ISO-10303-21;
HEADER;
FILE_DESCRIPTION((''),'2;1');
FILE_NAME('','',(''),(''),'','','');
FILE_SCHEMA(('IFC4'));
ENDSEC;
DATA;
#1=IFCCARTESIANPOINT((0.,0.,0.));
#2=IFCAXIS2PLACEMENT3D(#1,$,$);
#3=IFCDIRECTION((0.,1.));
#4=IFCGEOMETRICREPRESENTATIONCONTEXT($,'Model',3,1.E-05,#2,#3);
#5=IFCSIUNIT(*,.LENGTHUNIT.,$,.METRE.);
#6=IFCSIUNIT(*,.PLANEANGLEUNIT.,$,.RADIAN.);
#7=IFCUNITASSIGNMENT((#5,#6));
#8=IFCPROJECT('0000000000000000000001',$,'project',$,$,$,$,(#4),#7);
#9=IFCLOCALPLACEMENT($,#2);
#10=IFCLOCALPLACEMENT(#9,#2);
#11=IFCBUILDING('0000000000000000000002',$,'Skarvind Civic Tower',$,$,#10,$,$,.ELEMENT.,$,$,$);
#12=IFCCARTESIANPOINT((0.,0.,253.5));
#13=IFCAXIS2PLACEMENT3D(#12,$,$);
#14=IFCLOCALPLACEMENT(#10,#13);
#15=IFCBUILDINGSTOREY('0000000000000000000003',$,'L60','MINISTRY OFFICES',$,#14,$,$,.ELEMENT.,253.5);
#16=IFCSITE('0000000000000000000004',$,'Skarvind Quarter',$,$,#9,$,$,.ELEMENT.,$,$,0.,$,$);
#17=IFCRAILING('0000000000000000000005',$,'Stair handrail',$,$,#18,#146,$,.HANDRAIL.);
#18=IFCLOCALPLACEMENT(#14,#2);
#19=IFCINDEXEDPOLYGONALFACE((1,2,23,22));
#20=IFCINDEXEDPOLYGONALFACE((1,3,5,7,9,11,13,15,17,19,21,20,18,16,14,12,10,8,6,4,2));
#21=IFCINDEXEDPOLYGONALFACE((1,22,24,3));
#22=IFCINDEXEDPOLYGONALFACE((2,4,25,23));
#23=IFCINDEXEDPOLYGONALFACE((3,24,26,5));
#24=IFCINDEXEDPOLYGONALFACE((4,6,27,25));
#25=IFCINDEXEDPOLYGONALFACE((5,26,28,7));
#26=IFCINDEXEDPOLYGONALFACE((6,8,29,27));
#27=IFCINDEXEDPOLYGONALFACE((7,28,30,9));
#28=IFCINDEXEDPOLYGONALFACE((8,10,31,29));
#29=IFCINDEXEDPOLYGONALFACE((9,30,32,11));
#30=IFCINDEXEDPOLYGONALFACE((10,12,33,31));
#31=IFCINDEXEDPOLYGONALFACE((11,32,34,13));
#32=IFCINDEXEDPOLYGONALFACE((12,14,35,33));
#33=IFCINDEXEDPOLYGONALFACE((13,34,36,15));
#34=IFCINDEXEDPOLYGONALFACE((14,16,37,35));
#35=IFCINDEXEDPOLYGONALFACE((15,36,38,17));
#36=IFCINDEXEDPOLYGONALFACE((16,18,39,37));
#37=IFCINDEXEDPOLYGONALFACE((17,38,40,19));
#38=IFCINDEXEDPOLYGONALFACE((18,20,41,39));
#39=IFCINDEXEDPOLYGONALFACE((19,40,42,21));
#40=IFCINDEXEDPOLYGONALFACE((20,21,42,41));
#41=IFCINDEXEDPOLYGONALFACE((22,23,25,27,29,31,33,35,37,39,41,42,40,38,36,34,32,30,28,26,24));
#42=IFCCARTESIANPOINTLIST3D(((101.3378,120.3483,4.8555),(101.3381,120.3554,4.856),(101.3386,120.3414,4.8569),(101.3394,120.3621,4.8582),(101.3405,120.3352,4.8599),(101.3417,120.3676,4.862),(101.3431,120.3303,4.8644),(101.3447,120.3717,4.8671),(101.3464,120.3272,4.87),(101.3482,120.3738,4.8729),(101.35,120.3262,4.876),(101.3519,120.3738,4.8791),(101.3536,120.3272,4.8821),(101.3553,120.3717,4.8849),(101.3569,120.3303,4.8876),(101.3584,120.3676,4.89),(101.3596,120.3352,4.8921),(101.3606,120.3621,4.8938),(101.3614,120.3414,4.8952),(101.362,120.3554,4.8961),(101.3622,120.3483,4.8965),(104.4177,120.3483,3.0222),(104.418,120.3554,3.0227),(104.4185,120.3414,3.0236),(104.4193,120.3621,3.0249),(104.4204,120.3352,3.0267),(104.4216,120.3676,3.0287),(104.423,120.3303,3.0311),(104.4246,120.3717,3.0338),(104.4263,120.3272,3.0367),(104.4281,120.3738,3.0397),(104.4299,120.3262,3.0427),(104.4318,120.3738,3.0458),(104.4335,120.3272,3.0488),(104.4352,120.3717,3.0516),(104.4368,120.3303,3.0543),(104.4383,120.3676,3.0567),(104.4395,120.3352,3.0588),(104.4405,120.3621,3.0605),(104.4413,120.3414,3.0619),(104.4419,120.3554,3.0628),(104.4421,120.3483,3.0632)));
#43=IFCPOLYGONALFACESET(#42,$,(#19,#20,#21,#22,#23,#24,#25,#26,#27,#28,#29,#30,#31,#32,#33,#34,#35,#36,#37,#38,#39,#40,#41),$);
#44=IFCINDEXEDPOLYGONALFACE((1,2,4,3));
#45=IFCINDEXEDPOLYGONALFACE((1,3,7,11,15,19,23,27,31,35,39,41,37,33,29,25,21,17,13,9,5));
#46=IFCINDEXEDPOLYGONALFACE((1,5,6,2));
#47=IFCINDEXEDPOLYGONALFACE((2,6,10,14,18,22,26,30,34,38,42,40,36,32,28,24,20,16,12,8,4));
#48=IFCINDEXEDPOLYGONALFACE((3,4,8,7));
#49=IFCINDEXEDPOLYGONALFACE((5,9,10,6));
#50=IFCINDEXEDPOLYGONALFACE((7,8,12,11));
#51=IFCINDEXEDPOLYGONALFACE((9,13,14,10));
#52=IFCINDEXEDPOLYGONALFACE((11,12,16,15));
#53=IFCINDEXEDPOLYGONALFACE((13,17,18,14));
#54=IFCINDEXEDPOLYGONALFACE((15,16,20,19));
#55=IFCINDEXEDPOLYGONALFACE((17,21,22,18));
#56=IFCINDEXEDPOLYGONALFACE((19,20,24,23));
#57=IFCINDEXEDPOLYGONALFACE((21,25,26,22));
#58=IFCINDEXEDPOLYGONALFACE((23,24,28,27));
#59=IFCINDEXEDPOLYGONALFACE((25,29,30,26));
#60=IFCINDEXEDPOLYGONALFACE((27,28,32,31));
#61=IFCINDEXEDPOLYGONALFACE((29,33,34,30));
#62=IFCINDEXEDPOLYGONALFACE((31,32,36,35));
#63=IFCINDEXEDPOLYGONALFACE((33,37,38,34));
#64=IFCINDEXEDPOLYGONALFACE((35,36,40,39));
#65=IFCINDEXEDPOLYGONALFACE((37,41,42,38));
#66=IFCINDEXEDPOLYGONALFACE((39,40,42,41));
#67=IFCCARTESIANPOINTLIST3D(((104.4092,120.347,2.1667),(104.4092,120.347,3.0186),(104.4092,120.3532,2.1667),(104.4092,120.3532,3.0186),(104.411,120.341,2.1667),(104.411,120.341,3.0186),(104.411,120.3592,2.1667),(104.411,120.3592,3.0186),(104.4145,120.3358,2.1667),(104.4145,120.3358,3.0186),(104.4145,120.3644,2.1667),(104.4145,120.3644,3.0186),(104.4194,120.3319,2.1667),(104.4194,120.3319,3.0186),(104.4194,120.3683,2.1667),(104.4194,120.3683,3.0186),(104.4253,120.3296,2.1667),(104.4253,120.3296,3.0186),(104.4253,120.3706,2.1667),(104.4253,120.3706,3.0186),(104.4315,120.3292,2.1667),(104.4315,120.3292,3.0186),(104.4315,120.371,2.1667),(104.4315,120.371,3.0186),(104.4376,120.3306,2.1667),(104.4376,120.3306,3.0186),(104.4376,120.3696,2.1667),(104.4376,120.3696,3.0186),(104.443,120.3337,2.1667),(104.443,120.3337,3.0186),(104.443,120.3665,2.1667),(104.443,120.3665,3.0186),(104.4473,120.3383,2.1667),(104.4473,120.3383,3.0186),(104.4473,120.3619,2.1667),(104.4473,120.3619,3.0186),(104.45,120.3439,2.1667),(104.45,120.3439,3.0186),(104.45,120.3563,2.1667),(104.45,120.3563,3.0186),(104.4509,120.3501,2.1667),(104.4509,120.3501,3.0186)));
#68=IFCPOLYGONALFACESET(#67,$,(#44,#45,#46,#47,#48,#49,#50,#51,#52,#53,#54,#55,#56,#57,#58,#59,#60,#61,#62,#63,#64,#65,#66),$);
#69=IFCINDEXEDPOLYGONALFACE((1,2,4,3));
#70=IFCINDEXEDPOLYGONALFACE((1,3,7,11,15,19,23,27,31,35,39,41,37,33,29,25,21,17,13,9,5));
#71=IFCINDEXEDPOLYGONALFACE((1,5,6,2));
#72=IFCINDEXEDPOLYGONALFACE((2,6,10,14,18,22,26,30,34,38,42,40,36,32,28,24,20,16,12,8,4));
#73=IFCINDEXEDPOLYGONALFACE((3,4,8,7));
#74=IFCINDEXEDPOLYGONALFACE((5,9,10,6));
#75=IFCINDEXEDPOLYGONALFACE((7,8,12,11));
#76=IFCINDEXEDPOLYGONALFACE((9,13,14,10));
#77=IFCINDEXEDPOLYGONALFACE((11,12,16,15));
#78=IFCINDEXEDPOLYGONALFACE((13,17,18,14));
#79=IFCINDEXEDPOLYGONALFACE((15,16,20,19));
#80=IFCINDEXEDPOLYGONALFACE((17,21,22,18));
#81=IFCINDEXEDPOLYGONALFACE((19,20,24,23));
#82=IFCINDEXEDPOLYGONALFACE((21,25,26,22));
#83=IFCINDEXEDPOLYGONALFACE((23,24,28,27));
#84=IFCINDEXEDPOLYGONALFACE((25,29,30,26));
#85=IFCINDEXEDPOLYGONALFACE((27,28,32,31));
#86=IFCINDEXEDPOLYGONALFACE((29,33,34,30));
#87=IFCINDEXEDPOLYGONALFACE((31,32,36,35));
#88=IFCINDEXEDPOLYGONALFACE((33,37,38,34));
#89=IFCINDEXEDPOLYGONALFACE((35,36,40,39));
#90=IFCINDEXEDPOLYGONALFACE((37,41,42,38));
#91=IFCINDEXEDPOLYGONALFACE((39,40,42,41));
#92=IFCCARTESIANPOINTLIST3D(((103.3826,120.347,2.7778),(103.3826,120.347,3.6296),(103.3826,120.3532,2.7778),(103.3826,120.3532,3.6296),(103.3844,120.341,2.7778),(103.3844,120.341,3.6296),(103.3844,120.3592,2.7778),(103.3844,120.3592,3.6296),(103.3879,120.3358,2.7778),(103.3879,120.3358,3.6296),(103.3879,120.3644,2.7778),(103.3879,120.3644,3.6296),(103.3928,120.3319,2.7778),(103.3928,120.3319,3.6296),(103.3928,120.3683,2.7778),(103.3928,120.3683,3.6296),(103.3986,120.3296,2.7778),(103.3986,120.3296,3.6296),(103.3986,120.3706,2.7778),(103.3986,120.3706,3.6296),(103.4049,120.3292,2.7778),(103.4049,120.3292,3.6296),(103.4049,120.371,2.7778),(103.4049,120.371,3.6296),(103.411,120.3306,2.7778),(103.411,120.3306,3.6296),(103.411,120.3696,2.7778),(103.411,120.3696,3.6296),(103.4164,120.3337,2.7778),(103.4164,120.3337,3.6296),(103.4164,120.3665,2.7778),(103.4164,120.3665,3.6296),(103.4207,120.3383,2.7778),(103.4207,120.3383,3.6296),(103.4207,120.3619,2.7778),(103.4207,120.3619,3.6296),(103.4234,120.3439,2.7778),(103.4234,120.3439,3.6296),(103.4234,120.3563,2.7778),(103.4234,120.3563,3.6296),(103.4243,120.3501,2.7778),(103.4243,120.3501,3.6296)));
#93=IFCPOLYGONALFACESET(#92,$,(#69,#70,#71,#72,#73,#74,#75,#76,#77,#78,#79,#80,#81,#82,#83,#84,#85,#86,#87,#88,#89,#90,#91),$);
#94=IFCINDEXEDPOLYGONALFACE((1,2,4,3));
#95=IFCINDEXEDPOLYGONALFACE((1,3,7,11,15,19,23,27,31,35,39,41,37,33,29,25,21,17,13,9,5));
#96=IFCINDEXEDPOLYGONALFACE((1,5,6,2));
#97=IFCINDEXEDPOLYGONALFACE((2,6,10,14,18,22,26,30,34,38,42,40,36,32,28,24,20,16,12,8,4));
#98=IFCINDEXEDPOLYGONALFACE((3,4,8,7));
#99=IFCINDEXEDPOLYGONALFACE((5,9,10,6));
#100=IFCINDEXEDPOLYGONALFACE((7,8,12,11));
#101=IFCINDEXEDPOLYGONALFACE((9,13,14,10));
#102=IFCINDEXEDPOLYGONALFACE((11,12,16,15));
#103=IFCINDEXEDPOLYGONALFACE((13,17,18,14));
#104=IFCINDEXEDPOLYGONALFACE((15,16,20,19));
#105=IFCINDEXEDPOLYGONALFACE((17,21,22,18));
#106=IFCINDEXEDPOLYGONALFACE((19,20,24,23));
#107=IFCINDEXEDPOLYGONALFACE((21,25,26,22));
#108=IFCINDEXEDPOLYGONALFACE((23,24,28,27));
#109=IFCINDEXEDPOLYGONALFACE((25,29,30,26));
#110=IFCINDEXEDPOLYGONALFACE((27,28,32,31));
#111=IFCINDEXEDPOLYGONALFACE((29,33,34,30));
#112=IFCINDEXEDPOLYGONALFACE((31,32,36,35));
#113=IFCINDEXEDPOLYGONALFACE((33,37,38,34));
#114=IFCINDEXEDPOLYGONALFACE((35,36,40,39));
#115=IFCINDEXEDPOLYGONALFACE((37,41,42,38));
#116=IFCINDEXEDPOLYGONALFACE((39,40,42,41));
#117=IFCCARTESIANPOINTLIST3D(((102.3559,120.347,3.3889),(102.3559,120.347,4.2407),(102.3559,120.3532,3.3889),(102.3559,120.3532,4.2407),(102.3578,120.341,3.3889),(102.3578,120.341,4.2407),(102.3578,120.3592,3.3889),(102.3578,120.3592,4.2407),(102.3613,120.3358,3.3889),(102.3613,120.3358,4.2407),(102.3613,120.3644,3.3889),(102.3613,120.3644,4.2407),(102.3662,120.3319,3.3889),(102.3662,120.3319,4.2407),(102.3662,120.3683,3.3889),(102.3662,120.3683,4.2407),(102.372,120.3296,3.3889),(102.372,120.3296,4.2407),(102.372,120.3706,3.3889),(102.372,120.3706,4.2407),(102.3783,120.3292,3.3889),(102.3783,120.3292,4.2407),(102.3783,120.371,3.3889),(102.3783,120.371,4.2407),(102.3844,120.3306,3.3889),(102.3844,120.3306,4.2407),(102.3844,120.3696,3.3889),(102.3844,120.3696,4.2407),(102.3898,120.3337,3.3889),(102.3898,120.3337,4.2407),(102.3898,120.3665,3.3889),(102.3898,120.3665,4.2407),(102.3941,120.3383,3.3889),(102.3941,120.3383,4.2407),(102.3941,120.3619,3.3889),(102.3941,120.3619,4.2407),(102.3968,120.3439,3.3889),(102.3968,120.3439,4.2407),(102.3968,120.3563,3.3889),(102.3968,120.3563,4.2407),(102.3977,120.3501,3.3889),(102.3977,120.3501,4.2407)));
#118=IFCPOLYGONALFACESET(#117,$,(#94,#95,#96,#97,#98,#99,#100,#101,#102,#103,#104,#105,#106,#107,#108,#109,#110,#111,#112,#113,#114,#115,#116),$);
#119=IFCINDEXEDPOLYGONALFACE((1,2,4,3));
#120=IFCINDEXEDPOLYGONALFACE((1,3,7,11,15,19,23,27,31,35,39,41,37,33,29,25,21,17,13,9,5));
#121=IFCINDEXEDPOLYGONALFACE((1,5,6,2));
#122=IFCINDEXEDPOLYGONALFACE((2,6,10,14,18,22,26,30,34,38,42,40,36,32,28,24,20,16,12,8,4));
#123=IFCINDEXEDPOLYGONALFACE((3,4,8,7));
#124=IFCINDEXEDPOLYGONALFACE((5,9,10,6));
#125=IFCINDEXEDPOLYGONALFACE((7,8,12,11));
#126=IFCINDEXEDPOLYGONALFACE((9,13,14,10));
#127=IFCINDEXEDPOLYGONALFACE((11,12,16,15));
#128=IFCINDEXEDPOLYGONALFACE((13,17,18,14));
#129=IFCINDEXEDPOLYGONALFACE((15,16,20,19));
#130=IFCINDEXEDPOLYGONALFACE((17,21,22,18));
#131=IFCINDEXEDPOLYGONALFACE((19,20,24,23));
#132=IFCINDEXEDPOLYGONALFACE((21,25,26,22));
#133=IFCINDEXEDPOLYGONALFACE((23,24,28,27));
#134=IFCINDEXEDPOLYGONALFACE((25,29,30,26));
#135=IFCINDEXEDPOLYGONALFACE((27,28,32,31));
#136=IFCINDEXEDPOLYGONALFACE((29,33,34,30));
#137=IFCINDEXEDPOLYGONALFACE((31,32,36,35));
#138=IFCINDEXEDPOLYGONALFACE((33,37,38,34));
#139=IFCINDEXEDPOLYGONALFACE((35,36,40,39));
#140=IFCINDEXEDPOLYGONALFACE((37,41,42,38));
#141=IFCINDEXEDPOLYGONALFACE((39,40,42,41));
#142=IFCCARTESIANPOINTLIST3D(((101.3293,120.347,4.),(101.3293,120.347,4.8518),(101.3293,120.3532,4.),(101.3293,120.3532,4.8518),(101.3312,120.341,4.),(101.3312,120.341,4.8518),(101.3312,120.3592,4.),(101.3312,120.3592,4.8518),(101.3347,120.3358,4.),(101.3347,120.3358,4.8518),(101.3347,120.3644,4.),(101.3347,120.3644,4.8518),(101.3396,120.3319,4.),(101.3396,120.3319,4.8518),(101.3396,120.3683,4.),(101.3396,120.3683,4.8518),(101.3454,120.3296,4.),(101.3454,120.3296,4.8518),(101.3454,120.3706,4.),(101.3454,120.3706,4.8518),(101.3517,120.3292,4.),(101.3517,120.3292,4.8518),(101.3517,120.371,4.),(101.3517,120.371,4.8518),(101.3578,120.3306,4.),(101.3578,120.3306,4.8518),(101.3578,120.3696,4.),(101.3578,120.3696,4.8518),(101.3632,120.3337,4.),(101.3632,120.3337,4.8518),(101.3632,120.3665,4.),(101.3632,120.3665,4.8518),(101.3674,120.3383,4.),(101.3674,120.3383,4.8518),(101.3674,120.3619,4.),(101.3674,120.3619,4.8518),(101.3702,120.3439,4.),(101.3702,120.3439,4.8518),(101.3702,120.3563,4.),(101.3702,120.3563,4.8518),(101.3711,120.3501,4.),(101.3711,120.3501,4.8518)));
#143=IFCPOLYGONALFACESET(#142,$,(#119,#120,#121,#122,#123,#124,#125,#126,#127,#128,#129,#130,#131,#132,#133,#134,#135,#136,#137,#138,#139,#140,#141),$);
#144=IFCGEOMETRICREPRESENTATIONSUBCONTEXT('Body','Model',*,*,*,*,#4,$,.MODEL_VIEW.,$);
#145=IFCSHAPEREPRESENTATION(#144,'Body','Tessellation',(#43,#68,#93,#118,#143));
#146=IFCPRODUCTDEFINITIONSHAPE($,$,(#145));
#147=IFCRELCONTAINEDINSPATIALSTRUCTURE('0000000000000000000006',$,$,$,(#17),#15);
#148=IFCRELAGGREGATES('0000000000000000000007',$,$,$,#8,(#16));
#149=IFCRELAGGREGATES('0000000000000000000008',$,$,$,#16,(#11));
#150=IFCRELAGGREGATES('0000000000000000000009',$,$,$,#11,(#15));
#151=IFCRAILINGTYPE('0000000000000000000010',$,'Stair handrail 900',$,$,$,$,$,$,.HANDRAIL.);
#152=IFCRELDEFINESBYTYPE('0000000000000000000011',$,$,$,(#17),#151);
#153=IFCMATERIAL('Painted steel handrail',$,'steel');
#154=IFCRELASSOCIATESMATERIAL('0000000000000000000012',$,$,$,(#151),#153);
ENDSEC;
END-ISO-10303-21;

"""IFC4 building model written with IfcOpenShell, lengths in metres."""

from ifc_helpers import new_model, si_unit, direction, frame, origin, origin_2d, place, context, subcontext, project, spatial, circle, extrude, material, type_object, element, save


model = new_model("IFC4")

# Units and contexts
model_context = context("Model", 3, precision=1e-05, world=origin(), true_north=direction((0.0, 1.0)))
body_context = subcontext(model_context, "Body", "Model", "MODEL_VIEW")
ifc_project = project(units=[si_unit("LENGTHUNIT", "METRE"), si_unit("PLANEANGLEUNIT", "RADIAN")], contexts=[model_context])

# Site, building, storey
site_placement = place(None, origin())
site = spatial("IfcSite", under=ifc_project, at=site_placement, Name="Skarvind Quarter", CompositionType="ELEMENT", RefElevation=0.0)
building_placement = place(site_placement, origin())
building = spatial("IfcBuilding", under=site, at=building_placement, Name="Skarvind Civic Tower", CompositionType="ELEMENT")
storey_placement = place(building_placement, frame((0.0, 0.0, 253.5)))
storey = spatial("IfcBuildingStorey", under=building, at=storey_placement, Name="L60", Description="MINISTRY OFFICES", CompositionType="ELEMENT", Elevation=253.5)

# Railing
ifc_material_1 = material(Name="Painted steel handrail", Category="steel")
railing_type = type_object("IfcRailingType", Name="Stair handrail 900", PredefinedType="HANDRAIL", material=ifc_material_1)
railing_1_placement = place(storey_placement, frame((104.4299, 120.3501, 2.1667)))
element("IfcRailing", 1, at=railing_1_placement, inside=storey, type_object=railing_type, Name="Stair handrail", PredefinedType="HANDRAIL", context=body_context, shape_type="SweptSolid", body=[
    extrude(circle(Radius=0.0239, at=origin_2d()), frame((0.0, 0.0, 0.876), z_axis=(-0.859291, 0.0, 0.511487), x_axis=(0.0, -1.0, 0.0)), (0.0, 0.0, 1.0), 3.5842),
    extrude(circle(Radius=0.021, at=origin_2d()), origin(), (0.0, 0.0, 1.0), 0.8518),
    extrude(circle(Radius=0.021, at=origin_2d()), frame((-1.0266, 0.0, 0.6111)), (0.0, 0.0, 1.0), 0.8518),
    extrude(circle(Radius=0.021, at=origin_2d()), frame((-2.0532, 0.0, 1.2222)), (0.0, 0.0, 1.0), 0.8518),
    extrude(circle(Radius=0.021, at=origin_2d()), frame((-3.0798, 0.0, 1.8333)), (0.0, 0.0, 1.0), 0.8518),
])

save(model, "model.ifc")
